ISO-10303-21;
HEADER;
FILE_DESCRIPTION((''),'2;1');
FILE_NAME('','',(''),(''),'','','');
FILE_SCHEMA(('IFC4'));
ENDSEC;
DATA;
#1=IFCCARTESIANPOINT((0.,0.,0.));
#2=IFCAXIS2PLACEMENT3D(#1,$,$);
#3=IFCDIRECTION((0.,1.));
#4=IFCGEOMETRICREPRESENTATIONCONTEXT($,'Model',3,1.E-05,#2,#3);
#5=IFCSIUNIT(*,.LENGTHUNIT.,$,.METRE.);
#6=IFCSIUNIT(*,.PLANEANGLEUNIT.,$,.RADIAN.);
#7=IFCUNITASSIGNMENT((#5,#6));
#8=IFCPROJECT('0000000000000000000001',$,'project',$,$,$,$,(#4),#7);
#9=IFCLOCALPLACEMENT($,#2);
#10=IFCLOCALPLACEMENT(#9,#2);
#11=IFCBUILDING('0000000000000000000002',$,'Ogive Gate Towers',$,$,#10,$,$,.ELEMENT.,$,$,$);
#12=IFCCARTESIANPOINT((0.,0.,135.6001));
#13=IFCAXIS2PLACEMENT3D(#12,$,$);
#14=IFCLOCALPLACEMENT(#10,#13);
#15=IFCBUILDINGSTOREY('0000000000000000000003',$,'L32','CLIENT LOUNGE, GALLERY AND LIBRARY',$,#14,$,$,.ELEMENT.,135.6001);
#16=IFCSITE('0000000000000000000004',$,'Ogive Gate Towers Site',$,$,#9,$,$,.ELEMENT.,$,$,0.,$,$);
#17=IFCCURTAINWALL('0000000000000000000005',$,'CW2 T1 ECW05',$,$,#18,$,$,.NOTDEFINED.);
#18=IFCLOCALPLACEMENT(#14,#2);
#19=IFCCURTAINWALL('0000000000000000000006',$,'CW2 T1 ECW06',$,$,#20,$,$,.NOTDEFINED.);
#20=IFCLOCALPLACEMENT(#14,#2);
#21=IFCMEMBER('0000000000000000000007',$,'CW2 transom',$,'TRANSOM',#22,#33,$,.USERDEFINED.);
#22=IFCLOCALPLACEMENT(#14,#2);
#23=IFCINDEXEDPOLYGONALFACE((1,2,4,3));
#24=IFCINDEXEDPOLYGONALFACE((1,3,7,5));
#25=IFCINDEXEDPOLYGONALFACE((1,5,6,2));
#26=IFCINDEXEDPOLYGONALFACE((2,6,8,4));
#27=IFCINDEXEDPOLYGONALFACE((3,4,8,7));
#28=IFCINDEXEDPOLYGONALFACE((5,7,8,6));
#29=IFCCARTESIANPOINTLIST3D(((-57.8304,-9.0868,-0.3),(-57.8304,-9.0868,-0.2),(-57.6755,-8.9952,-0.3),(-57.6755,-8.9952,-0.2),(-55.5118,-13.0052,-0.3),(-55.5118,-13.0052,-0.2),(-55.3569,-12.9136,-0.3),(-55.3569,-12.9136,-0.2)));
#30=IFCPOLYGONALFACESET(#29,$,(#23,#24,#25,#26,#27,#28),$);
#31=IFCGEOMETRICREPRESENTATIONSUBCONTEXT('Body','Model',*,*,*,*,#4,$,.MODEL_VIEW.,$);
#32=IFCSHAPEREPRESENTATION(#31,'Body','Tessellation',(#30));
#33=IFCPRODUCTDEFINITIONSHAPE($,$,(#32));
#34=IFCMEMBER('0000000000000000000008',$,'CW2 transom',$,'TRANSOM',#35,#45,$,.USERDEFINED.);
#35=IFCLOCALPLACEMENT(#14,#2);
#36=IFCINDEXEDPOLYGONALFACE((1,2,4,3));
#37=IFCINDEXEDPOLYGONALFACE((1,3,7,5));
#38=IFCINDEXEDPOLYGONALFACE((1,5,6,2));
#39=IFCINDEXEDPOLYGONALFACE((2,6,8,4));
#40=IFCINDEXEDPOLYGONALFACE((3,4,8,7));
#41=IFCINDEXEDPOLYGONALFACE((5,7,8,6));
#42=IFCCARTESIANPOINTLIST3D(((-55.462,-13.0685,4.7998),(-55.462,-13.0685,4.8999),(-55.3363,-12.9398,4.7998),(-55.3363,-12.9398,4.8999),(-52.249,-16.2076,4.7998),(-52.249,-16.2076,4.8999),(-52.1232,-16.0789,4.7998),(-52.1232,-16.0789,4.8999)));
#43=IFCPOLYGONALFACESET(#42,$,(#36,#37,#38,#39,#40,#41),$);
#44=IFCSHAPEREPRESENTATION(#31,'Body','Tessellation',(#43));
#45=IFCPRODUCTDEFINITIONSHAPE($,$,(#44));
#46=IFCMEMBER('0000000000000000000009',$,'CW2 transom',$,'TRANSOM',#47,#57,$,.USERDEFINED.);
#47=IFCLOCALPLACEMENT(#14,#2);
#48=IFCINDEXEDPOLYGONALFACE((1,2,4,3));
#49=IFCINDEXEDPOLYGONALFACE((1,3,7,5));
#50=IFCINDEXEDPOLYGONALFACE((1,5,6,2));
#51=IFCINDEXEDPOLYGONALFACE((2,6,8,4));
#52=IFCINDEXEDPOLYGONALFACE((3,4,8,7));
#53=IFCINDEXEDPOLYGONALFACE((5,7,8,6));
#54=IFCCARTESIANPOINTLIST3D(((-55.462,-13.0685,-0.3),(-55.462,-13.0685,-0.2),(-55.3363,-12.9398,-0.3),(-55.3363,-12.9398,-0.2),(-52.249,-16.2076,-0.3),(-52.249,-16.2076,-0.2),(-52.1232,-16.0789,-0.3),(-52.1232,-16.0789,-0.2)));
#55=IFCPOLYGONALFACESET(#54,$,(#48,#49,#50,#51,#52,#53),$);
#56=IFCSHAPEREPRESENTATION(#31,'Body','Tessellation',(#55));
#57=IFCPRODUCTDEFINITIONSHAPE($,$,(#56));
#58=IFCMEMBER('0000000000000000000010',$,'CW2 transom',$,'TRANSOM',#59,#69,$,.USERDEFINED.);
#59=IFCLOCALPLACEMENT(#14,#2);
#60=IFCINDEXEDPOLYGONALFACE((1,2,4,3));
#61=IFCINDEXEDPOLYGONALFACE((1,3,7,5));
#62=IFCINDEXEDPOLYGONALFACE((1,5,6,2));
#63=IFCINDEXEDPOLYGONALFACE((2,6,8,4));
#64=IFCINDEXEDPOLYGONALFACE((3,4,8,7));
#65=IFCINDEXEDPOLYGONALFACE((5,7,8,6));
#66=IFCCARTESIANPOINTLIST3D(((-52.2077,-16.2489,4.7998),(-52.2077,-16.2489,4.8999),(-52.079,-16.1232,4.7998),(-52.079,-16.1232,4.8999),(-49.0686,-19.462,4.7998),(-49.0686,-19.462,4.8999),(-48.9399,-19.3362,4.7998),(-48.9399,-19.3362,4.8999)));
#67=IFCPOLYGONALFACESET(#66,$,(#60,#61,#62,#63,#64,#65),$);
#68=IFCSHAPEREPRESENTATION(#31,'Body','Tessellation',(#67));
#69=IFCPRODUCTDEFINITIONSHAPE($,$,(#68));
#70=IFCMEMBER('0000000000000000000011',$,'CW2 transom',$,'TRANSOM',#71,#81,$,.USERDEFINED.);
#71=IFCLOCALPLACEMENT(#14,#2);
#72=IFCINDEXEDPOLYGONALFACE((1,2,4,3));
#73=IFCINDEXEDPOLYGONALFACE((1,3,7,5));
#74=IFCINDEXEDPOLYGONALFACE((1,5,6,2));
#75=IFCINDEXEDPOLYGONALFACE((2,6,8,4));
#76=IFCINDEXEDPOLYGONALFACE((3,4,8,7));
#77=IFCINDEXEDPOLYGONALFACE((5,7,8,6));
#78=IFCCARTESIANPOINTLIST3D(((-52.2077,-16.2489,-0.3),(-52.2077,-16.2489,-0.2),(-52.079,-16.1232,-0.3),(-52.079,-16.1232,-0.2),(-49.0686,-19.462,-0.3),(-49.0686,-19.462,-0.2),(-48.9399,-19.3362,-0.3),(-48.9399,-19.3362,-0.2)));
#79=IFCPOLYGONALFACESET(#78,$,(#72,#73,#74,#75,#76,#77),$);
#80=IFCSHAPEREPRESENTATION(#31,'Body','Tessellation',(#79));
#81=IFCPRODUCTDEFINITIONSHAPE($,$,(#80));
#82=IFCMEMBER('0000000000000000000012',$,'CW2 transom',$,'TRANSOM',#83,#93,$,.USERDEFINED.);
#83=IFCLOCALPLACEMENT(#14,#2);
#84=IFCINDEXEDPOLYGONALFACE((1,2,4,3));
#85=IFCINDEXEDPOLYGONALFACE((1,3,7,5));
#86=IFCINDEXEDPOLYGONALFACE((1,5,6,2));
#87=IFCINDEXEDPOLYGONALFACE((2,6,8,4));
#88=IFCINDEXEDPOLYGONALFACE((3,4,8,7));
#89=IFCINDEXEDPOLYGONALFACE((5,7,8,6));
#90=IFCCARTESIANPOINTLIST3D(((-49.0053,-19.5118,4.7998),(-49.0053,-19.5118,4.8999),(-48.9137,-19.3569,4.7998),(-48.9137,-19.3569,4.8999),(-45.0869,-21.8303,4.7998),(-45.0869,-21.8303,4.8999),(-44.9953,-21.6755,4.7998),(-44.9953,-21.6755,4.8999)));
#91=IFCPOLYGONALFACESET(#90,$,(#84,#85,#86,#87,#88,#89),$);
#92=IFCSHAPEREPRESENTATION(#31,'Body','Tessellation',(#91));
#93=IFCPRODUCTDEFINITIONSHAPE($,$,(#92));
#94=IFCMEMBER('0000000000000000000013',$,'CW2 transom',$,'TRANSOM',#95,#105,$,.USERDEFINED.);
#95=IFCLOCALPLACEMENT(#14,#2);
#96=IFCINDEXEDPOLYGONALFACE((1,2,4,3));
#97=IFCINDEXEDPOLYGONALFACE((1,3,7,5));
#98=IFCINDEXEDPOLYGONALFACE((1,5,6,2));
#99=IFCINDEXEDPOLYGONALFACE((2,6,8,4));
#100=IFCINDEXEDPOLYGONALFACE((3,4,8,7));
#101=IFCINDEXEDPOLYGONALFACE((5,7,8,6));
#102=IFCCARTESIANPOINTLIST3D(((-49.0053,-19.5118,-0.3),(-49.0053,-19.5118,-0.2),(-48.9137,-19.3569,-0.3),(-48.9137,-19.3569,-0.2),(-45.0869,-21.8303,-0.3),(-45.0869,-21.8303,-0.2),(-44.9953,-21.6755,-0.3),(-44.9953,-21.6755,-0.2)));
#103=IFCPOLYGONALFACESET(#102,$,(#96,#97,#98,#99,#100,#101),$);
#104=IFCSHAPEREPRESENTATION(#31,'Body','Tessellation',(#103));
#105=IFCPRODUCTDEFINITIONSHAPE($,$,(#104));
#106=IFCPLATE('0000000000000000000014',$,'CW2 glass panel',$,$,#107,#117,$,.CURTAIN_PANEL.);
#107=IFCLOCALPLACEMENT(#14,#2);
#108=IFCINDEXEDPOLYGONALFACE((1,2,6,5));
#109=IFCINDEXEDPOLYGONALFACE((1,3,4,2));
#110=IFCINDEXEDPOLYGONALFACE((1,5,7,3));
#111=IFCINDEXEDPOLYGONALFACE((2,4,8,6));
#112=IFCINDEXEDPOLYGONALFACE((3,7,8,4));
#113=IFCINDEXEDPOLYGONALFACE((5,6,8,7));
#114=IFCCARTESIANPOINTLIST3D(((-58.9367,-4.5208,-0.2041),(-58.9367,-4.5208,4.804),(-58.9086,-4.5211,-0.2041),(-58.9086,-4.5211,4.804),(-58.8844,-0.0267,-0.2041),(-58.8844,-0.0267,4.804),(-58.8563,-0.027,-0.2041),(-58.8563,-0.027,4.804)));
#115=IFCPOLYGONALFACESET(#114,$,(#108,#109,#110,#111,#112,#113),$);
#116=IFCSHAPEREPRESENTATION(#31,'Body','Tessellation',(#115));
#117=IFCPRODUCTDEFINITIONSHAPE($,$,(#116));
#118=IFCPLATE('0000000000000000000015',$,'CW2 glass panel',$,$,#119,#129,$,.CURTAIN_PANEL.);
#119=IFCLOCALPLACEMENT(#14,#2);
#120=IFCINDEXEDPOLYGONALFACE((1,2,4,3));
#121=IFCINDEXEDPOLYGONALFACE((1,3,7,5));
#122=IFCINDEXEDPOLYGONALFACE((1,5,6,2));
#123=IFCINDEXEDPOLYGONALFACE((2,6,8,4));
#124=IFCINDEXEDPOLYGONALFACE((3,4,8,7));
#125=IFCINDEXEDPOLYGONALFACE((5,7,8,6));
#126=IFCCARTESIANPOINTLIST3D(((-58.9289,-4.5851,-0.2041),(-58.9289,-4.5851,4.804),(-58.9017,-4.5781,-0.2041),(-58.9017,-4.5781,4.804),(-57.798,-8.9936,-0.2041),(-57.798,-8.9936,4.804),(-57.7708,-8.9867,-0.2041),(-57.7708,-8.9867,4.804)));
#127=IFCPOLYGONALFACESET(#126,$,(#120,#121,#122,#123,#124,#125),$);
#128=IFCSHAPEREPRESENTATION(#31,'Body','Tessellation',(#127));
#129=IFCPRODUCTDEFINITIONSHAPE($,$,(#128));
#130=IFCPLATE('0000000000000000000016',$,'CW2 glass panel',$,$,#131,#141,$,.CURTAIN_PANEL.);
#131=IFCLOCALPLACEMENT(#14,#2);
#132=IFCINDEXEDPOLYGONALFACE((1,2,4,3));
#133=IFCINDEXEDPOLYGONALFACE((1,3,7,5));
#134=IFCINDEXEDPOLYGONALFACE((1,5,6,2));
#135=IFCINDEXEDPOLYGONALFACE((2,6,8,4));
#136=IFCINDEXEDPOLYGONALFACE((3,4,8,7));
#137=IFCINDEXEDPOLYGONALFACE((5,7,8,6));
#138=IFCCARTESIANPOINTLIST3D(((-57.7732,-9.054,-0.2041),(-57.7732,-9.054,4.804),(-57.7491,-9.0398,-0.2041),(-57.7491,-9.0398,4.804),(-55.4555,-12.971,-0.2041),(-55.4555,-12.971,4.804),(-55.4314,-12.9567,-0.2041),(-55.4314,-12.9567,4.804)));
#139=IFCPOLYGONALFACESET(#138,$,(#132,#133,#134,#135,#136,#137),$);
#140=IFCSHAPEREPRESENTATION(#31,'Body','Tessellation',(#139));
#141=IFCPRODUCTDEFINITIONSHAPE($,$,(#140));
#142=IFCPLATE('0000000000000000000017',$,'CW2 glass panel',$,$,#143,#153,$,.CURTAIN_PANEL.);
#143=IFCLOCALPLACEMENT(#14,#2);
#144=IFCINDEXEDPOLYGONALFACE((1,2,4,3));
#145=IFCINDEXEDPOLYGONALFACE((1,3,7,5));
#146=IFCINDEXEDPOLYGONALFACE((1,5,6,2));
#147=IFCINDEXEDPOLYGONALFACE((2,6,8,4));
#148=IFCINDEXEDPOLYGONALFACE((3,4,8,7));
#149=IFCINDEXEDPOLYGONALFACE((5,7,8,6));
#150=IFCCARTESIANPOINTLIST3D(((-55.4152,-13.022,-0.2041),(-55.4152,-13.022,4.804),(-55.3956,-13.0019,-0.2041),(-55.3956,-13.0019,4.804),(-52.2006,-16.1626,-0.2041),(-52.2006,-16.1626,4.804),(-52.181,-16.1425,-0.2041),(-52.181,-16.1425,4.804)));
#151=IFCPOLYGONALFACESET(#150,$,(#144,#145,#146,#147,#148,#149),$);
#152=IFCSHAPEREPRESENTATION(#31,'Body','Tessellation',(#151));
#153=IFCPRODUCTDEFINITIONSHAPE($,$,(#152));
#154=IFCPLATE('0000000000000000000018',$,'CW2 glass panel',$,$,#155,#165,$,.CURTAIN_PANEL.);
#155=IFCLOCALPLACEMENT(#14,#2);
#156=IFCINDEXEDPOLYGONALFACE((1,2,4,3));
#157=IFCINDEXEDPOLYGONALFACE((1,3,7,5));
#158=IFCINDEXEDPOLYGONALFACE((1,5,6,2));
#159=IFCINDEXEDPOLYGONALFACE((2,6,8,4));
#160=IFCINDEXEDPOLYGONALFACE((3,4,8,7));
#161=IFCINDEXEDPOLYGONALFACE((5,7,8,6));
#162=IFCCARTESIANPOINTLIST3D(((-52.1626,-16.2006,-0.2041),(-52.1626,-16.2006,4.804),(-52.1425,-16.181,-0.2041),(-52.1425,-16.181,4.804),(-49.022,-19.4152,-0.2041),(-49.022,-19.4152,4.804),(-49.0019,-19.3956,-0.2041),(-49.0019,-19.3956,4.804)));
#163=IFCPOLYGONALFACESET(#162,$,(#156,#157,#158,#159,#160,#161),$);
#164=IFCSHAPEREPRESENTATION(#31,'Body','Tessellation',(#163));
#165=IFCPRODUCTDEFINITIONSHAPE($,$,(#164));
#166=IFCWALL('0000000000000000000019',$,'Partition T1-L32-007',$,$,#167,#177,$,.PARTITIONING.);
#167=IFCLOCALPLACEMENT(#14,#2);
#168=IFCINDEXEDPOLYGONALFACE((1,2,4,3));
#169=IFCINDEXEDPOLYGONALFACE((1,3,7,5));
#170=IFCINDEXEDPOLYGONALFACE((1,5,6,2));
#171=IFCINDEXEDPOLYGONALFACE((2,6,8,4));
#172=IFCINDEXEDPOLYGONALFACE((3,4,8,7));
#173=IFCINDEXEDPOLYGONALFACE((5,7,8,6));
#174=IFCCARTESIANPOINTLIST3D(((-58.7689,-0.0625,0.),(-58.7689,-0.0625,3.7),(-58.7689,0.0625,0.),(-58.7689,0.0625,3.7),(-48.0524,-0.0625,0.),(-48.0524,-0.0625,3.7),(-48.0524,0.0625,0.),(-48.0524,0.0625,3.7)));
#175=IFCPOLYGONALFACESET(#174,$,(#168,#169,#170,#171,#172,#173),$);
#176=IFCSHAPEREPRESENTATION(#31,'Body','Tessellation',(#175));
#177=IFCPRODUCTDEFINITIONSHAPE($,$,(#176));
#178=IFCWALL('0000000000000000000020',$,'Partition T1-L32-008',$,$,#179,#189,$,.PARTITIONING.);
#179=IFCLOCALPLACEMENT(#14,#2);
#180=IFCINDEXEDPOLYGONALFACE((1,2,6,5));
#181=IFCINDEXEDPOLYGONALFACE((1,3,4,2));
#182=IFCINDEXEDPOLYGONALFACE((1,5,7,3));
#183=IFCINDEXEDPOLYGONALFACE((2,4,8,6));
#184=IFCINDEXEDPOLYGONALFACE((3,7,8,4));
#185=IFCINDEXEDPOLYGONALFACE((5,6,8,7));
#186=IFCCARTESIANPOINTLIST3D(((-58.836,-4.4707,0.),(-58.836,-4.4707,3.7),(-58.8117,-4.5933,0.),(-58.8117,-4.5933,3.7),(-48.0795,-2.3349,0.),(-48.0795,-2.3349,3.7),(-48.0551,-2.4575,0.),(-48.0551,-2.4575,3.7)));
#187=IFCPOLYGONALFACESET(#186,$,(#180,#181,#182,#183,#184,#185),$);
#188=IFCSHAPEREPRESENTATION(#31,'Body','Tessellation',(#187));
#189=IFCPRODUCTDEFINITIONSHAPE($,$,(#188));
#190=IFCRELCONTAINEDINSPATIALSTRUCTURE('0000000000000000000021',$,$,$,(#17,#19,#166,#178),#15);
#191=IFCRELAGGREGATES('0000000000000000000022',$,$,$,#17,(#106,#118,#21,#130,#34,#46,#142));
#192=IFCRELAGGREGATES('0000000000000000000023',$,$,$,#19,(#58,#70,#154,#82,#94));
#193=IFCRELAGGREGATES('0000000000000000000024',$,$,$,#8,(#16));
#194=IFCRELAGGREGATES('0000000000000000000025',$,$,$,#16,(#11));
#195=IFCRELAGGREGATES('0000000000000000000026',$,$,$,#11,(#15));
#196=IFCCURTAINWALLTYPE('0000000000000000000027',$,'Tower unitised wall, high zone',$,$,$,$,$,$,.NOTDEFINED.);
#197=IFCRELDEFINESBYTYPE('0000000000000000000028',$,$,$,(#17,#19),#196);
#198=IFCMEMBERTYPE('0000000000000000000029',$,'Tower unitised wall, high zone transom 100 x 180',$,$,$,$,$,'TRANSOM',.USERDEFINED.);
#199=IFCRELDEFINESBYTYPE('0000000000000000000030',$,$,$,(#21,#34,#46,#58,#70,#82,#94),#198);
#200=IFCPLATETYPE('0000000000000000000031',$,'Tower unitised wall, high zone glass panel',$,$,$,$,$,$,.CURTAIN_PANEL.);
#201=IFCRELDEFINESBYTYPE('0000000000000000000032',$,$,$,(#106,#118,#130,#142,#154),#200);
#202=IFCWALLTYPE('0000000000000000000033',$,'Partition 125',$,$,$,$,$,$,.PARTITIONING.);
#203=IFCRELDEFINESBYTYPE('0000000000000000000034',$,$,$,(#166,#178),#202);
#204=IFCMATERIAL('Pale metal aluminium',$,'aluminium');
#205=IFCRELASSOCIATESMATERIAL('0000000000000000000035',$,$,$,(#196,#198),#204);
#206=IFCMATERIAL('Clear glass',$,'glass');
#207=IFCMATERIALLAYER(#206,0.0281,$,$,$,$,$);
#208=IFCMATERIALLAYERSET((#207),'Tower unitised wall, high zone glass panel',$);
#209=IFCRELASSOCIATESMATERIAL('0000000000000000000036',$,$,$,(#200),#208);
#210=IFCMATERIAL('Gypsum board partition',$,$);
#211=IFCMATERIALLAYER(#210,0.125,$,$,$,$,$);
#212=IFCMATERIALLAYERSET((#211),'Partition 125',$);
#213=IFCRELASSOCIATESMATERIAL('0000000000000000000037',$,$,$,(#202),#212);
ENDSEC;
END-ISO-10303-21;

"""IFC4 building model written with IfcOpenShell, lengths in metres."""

from ifc_helpers import new_model, si_unit, direction, frame, frame_2d, origin, origin_2d, place, context, subcontext, project, spatial, rectangle, extrude, material, layer, layer_set, material_profile, profile_set, type_object, element, aggregate, save


model = new_model("IFC4")

# Units and contexts
model_context = context("Model", 3, precision=1e-05, world=origin(), true_north=direction((0.0, 1.0)))
body_context = subcontext(model_context, "Body", "Model", "MODEL_VIEW")
ifc_project = project(units=[si_unit("LENGTHUNIT", "METRE"), si_unit("PLANEANGLEUNIT", "RADIAN")], contexts=[model_context])

# Site, building, storey
site_placement = place(None, origin())
site = spatial("IfcSite", under=ifc_project, at=site_placement, Name="Ogive Gate Towers Site", CompositionType="ELEMENT", RefElevation=0.0)
building_placement = place(site_placement, origin())
building = spatial("IfcBuilding", under=site, at=building_placement, Name="Ogive Gate Towers", CompositionType="ELEMENT")
storey_placement = place(building_placement, frame((0.0, 0.0, 135.6001)))
storey = spatial("IfcBuildingStorey", under=building, at=storey_placement, Name="L32", Description="CLIENT LOUNGE, GALLERY AND LIBRARY", CompositionType="ELEMENT", Elevation=135.6001)

# Shared definitions
ifc_material_1 = material(Name="Pale metal aluminium", Category="aluminium")
curtain_wall_type = type_object("IfcCurtainWallType", Name="Tower unitised wall, high zone", PredefinedType="NOTDEFINED", material=ifc_material_1)

# Curtain wall
curtain_wall_1_placement = place(storey_placement, origin())
curtain_wall_1 = element("IfcCurtainWall", 1, at=curtain_wall_1_placement, inside=storey, type_object=curtain_wall_type, Name="CW2 T1 ECW05", PredefinedType="NOTDEFINED")

# Curtain wall
curtain_wall_2_placement = place(storey_placement, origin())
curtain_wall_2 = element("IfcCurtainWall", 2, at=curtain_wall_2_placement, inside=storey, type_object=curtain_wall_type, Name="CW2 T1 ECW06", PredefinedType="NOTDEFINED")

# Members
ifc_material_profile_1 = material_profile(ifc_material_1, rectangle(XDim=0.1799, YDim=0.1001, at=origin_2d()), Name="100 x 180 aluminium box")
ifc_profile_set_1 = profile_set([ifc_material_profile_1], Name="Pale metal aluminium")
member_type_1 = type_object("IfcMemberType", Name="Tower unitised wall, high zone transom 100 x 180", ElementType="TRANSOM", PredefinedType="USERDEFINED", material=ifc_profile_set_1)
member_1_placement = place(storey_placement, frame((-57.7529, -9.041, -0.25), z_axis=(0.509242, -0.860623, 0.0), x_axis=(0.860623, 0.509242, 0.0)))
member_1 = element("IfcMember", 3, at=member_1_placement, type_object=member_type_1, Name="CW2 transom", ObjectType="TRANSOM", PredefinedType="USERDEFINED", context=body_context, shape_type="SweptSolid", body=[
    extrude(rectangle(XDim=0.1799, YDim=0.1001, at=origin_2d()), origin(), (0.0, 0.0, 1.0), 4.553),
])
member_2_placement = place(storey_placement, frame((-55.3992, -13.0042, 4.8499), z_axis=(0.715293, -0.698825, 0.0), x_axis=(0.698825, 0.715293, 0.0)))
member_2 = element("IfcMember", 4, at=member_2_placement, type_object=member_type_1, Name="CW2 transom", ObjectType="TRANSOM", PredefinedType="USERDEFINED", context=body_context, shape_type="SweptSolid", body=[
    extrude(rectangle(XDim=0.1799, YDim=0.1001, at=origin_2d()), origin(), (0.0, 0.0, 1.0), 4.4919),
])
member_3_placement = place(storey_placement, frame((-55.3992, -13.0042, -0.25), z_axis=(0.715293, -0.698825, 0.0), x_axis=(0.698825, 0.715293, 0.0)))
member_3 = element("IfcMember", 5, at=member_3_placement, type_object=member_type_1, Name="CW2 transom", ObjectType="TRANSOM", PredefinedType="USERDEFINED", context=body_context, shape_type="SweptSolid", body=[
    extrude(rectangle(XDim=0.1799, YDim=0.1001, at=origin_2d()), origin(), (0.0, 0.0, 1.0), 4.4919),
])
member_4_placement = place(storey_placement, frame((-52.1433, -16.186, 4.8499), z_axis=(0.698825, -0.715293, 0.0), x_axis=(0.715293, 0.698825, 0.0)))
member_4 = element("IfcMember", 6, at=member_4_placement, type_object=member_type_1, Name="CW2 transom", ObjectType="TRANSOM", PredefinedType="USERDEFINED", context=body_context, shape_type="SweptSolid", body=[
    extrude(rectangle(XDim=0.1799, YDim=0.1001, at=origin_2d()), origin(), (0.0, 0.0, 1.0), 4.4919),
])
member_5_placement = place(storey_placement, frame((-52.1433, -16.186, -0.25), z_axis=(0.698825, -0.715293, 0.0), x_axis=(0.715293, 0.698825, 0.0)))
member_5 = element("IfcMember", 7, at=member_5_placement, type_object=member_type_1, Name="CW2 transom", ObjectType="TRANSOM", PredefinedType="USERDEFINED", context=body_context, shape_type="SweptSolid", body=[
    extrude(rectangle(XDim=0.1799, YDim=0.1001, at=origin_2d()), origin(), (0.0, 0.0, 1.0), 4.4919),
])
member_6_placement = place(storey_placement, frame((-48.9595, -19.4343, 4.8499), z_axis=(0.860623, -0.509242, 0.0), x_axis=(0.509242, 0.860623, 0.0)))
member_6 = element("IfcMember", 8, at=member_6_placement, type_object=member_type_1, Name="CW2 transom", ObjectType="TRANSOM", PredefinedType="USERDEFINED", context=body_context, shape_type="SweptSolid", body=[
    extrude(rectangle(XDim=0.1799, YDim=0.1001, at=origin_2d()), origin(), (0.0, 0.0, 1.0), 4.553),
])
member_7_placement = place(storey_placement, frame((-48.9595, -19.4343, -0.25), z_axis=(0.860623, -0.509242, 0.0), x_axis=(0.509242, 0.860623, 0.0)))
member_7 = element("IfcMember", 9, at=member_7_placement, type_object=member_type_1, Name="CW2 transom", ObjectType="TRANSOM", PredefinedType="USERDEFINED", context=body_context, shape_type="SweptSolid", body=[
    extrude(rectangle(XDim=0.1799, YDim=0.1001, at=origin_2d()), origin(), (0.0, 0.0, 1.0), 4.553),
])

# Plates
ifc_material_2 = material(Name="Clear glass", Category="glass")
ifc_layer_1 = layer(ifc_material_2, 0.0281)
ifc_layer_set_1 = layer_set([ifc_layer_1], Name="Tower unitised wall, high zone glass panel")
plate_type = type_object("IfcPlateType", Name="Tower unitised wall, high zone glass panel", PredefinedType="CURTAIN_PANEL", material=ifc_layer_set_1)
plate_1_placement = place(storey_placement, frame((-58.8965, -2.2739, -0.2041), z_axis=(0.0, 0.0, 1.0), x_axis=(-0.011641, -0.999932, 0.0)))
plate_1 = element("IfcPlate", 10, at=plate_1_placement, type_object=plate_type, Name="CW2 glass panel", PredefinedType="CURTAIN_PANEL", context=body_context, shape_type="SweptSolid", body=[
    extrude(rectangle(XDim=4.4944, YDim=0.0281, at=origin_2d()), origin(), (0.0, 0.0, 1.0), 5.0081),
])
plate_2_placement = place(storey_placement, frame((-58.3499, -6.7859, -0.2041), z_axis=(0.0, 0.0, 1.0), x_axis=(0.24847, -0.96864, 0.0)))
plate_2 = element("IfcPlate", 11, at=plate_2_placement, type_object=plate_type, Name="CW2 glass panel", PredefinedType="CURTAIN_PANEL", context=body_context, shape_type="SweptSolid", body=[
    extrude(rectangle(XDim=4.5513, YDim=0.0281, at=origin_2d()), origin(), (0.0, 0.0, 1.0), 5.0081),
])
plate_3_placement = place(storey_placement, frame((-56.6023, -11.0054, -0.2041), z_axis=(0.0, 0.0, 1.0), x_axis=(0.509237, -0.860627, 0.0)))
plate_3 = element("IfcPlate", 12, at=plate_3_placement, type_object=plate_type, Name="CW2 glass panel", PredefinedType="CURTAIN_PANEL", context=body_context, shape_type="SweptSolid", body=[
    extrude(rectangle(XDim=4.5513, YDim=0.0281, at=origin_2d()), origin(), (0.0, 0.0, 1.0), 5.0081),
])
plate_4_placement = place(storey_placement, frame((-53.7981, -14.5823, -0.2041), z_axis=(0.0, 0.0, 1.0), x_axis=(0.715303, -0.698815, 0.0)))
plate_4 = element("IfcPlate", 13, at=plate_4_placement, type_object=plate_type, Name="CW2 glass panel", PredefinedType="CURTAIN_PANEL", context=body_context, shape_type="SweptSolid", body=[
    extrude(rectangle(XDim=4.4941, YDim=0.0281, at=origin_2d()), origin(), (0.0, 0.0, 1.0), 5.0081),
])
aggregate(curtain_wall_1, [plate_1, plate_2, member_1, plate_3, member_2, member_3, plate_4])
plate_5_placement = place(storey_placement, frame((-50.5823, -17.7981, -0.2041), z_axis=(0.0, 0.0, 1.0), x_axis=(0.698815, -0.715303, 0.0)))
plate_5 = element("IfcPlate", 14, at=plate_5_placement, type_object=plate_type, Name="CW2 glass panel", PredefinedType="CURTAIN_PANEL", context=body_context, shape_type="SweptSolid", body=[
    extrude(rectangle(XDim=4.4941, YDim=0.0281, at=origin_2d()), origin(), (0.0, 0.0, 1.0), 5.0081),
])
aggregate(curtain_wall_2, [member_4, member_5, plate_5, member_6, member_7])

# Walls
ifc_material_3 = material(Name="Gypsum board partition")
ifc_layer_2 = layer(ifc_material_3, 0.125)
ifc_layer_set_2 = layer_set([ifc_layer_2], Name="Partition 125")
wall_type = type_object("IfcWallType", Name="Partition 125", PredefinedType="PARTITIONING", material=ifc_layer_set_2)
wall_1_placement = place(storey_placement, frame((-58.769, 0.0, 0.0), z_axis=(0.0, 0.0, 1.0), x_axis=(1.0, 0.0, 0.0)))
element("IfcWall", 15, at=wall_1_placement, inside=storey, type_object=wall_type, Name="Partition T1-L32-007", PredefinedType="PARTITIONING", context=body_context, shape_type="SweptSolid", body=[
    extrude(rectangle(XDim=10.7166, YDim=0.125, at=frame_2d((5.3584, 0.0))), origin(), (0.0, 0.0, 1.0), 3.7),
])
wall_2_placement = place(storey_placement, frame((-58.824, -4.532, 0.0), z_axis=(0.0, 0.0, 1.0), x_axis=(0.980853, 0.19475, 0.0)))
element("IfcWall", 16, at=wall_2_placement, inside=storey, type_object=wall_type, Name="Partition T1-L32-008", PredefinedType="PARTITIONING", context=body_context, shape_type="SweptSolid", body=[
    extrude(rectangle(XDim=10.9666, YDim=0.125, at=frame_2d((5.4834, 0.0))), origin(), (0.0, 0.0, 1.0), 3.7),
])

save(model, "model.ifc")
